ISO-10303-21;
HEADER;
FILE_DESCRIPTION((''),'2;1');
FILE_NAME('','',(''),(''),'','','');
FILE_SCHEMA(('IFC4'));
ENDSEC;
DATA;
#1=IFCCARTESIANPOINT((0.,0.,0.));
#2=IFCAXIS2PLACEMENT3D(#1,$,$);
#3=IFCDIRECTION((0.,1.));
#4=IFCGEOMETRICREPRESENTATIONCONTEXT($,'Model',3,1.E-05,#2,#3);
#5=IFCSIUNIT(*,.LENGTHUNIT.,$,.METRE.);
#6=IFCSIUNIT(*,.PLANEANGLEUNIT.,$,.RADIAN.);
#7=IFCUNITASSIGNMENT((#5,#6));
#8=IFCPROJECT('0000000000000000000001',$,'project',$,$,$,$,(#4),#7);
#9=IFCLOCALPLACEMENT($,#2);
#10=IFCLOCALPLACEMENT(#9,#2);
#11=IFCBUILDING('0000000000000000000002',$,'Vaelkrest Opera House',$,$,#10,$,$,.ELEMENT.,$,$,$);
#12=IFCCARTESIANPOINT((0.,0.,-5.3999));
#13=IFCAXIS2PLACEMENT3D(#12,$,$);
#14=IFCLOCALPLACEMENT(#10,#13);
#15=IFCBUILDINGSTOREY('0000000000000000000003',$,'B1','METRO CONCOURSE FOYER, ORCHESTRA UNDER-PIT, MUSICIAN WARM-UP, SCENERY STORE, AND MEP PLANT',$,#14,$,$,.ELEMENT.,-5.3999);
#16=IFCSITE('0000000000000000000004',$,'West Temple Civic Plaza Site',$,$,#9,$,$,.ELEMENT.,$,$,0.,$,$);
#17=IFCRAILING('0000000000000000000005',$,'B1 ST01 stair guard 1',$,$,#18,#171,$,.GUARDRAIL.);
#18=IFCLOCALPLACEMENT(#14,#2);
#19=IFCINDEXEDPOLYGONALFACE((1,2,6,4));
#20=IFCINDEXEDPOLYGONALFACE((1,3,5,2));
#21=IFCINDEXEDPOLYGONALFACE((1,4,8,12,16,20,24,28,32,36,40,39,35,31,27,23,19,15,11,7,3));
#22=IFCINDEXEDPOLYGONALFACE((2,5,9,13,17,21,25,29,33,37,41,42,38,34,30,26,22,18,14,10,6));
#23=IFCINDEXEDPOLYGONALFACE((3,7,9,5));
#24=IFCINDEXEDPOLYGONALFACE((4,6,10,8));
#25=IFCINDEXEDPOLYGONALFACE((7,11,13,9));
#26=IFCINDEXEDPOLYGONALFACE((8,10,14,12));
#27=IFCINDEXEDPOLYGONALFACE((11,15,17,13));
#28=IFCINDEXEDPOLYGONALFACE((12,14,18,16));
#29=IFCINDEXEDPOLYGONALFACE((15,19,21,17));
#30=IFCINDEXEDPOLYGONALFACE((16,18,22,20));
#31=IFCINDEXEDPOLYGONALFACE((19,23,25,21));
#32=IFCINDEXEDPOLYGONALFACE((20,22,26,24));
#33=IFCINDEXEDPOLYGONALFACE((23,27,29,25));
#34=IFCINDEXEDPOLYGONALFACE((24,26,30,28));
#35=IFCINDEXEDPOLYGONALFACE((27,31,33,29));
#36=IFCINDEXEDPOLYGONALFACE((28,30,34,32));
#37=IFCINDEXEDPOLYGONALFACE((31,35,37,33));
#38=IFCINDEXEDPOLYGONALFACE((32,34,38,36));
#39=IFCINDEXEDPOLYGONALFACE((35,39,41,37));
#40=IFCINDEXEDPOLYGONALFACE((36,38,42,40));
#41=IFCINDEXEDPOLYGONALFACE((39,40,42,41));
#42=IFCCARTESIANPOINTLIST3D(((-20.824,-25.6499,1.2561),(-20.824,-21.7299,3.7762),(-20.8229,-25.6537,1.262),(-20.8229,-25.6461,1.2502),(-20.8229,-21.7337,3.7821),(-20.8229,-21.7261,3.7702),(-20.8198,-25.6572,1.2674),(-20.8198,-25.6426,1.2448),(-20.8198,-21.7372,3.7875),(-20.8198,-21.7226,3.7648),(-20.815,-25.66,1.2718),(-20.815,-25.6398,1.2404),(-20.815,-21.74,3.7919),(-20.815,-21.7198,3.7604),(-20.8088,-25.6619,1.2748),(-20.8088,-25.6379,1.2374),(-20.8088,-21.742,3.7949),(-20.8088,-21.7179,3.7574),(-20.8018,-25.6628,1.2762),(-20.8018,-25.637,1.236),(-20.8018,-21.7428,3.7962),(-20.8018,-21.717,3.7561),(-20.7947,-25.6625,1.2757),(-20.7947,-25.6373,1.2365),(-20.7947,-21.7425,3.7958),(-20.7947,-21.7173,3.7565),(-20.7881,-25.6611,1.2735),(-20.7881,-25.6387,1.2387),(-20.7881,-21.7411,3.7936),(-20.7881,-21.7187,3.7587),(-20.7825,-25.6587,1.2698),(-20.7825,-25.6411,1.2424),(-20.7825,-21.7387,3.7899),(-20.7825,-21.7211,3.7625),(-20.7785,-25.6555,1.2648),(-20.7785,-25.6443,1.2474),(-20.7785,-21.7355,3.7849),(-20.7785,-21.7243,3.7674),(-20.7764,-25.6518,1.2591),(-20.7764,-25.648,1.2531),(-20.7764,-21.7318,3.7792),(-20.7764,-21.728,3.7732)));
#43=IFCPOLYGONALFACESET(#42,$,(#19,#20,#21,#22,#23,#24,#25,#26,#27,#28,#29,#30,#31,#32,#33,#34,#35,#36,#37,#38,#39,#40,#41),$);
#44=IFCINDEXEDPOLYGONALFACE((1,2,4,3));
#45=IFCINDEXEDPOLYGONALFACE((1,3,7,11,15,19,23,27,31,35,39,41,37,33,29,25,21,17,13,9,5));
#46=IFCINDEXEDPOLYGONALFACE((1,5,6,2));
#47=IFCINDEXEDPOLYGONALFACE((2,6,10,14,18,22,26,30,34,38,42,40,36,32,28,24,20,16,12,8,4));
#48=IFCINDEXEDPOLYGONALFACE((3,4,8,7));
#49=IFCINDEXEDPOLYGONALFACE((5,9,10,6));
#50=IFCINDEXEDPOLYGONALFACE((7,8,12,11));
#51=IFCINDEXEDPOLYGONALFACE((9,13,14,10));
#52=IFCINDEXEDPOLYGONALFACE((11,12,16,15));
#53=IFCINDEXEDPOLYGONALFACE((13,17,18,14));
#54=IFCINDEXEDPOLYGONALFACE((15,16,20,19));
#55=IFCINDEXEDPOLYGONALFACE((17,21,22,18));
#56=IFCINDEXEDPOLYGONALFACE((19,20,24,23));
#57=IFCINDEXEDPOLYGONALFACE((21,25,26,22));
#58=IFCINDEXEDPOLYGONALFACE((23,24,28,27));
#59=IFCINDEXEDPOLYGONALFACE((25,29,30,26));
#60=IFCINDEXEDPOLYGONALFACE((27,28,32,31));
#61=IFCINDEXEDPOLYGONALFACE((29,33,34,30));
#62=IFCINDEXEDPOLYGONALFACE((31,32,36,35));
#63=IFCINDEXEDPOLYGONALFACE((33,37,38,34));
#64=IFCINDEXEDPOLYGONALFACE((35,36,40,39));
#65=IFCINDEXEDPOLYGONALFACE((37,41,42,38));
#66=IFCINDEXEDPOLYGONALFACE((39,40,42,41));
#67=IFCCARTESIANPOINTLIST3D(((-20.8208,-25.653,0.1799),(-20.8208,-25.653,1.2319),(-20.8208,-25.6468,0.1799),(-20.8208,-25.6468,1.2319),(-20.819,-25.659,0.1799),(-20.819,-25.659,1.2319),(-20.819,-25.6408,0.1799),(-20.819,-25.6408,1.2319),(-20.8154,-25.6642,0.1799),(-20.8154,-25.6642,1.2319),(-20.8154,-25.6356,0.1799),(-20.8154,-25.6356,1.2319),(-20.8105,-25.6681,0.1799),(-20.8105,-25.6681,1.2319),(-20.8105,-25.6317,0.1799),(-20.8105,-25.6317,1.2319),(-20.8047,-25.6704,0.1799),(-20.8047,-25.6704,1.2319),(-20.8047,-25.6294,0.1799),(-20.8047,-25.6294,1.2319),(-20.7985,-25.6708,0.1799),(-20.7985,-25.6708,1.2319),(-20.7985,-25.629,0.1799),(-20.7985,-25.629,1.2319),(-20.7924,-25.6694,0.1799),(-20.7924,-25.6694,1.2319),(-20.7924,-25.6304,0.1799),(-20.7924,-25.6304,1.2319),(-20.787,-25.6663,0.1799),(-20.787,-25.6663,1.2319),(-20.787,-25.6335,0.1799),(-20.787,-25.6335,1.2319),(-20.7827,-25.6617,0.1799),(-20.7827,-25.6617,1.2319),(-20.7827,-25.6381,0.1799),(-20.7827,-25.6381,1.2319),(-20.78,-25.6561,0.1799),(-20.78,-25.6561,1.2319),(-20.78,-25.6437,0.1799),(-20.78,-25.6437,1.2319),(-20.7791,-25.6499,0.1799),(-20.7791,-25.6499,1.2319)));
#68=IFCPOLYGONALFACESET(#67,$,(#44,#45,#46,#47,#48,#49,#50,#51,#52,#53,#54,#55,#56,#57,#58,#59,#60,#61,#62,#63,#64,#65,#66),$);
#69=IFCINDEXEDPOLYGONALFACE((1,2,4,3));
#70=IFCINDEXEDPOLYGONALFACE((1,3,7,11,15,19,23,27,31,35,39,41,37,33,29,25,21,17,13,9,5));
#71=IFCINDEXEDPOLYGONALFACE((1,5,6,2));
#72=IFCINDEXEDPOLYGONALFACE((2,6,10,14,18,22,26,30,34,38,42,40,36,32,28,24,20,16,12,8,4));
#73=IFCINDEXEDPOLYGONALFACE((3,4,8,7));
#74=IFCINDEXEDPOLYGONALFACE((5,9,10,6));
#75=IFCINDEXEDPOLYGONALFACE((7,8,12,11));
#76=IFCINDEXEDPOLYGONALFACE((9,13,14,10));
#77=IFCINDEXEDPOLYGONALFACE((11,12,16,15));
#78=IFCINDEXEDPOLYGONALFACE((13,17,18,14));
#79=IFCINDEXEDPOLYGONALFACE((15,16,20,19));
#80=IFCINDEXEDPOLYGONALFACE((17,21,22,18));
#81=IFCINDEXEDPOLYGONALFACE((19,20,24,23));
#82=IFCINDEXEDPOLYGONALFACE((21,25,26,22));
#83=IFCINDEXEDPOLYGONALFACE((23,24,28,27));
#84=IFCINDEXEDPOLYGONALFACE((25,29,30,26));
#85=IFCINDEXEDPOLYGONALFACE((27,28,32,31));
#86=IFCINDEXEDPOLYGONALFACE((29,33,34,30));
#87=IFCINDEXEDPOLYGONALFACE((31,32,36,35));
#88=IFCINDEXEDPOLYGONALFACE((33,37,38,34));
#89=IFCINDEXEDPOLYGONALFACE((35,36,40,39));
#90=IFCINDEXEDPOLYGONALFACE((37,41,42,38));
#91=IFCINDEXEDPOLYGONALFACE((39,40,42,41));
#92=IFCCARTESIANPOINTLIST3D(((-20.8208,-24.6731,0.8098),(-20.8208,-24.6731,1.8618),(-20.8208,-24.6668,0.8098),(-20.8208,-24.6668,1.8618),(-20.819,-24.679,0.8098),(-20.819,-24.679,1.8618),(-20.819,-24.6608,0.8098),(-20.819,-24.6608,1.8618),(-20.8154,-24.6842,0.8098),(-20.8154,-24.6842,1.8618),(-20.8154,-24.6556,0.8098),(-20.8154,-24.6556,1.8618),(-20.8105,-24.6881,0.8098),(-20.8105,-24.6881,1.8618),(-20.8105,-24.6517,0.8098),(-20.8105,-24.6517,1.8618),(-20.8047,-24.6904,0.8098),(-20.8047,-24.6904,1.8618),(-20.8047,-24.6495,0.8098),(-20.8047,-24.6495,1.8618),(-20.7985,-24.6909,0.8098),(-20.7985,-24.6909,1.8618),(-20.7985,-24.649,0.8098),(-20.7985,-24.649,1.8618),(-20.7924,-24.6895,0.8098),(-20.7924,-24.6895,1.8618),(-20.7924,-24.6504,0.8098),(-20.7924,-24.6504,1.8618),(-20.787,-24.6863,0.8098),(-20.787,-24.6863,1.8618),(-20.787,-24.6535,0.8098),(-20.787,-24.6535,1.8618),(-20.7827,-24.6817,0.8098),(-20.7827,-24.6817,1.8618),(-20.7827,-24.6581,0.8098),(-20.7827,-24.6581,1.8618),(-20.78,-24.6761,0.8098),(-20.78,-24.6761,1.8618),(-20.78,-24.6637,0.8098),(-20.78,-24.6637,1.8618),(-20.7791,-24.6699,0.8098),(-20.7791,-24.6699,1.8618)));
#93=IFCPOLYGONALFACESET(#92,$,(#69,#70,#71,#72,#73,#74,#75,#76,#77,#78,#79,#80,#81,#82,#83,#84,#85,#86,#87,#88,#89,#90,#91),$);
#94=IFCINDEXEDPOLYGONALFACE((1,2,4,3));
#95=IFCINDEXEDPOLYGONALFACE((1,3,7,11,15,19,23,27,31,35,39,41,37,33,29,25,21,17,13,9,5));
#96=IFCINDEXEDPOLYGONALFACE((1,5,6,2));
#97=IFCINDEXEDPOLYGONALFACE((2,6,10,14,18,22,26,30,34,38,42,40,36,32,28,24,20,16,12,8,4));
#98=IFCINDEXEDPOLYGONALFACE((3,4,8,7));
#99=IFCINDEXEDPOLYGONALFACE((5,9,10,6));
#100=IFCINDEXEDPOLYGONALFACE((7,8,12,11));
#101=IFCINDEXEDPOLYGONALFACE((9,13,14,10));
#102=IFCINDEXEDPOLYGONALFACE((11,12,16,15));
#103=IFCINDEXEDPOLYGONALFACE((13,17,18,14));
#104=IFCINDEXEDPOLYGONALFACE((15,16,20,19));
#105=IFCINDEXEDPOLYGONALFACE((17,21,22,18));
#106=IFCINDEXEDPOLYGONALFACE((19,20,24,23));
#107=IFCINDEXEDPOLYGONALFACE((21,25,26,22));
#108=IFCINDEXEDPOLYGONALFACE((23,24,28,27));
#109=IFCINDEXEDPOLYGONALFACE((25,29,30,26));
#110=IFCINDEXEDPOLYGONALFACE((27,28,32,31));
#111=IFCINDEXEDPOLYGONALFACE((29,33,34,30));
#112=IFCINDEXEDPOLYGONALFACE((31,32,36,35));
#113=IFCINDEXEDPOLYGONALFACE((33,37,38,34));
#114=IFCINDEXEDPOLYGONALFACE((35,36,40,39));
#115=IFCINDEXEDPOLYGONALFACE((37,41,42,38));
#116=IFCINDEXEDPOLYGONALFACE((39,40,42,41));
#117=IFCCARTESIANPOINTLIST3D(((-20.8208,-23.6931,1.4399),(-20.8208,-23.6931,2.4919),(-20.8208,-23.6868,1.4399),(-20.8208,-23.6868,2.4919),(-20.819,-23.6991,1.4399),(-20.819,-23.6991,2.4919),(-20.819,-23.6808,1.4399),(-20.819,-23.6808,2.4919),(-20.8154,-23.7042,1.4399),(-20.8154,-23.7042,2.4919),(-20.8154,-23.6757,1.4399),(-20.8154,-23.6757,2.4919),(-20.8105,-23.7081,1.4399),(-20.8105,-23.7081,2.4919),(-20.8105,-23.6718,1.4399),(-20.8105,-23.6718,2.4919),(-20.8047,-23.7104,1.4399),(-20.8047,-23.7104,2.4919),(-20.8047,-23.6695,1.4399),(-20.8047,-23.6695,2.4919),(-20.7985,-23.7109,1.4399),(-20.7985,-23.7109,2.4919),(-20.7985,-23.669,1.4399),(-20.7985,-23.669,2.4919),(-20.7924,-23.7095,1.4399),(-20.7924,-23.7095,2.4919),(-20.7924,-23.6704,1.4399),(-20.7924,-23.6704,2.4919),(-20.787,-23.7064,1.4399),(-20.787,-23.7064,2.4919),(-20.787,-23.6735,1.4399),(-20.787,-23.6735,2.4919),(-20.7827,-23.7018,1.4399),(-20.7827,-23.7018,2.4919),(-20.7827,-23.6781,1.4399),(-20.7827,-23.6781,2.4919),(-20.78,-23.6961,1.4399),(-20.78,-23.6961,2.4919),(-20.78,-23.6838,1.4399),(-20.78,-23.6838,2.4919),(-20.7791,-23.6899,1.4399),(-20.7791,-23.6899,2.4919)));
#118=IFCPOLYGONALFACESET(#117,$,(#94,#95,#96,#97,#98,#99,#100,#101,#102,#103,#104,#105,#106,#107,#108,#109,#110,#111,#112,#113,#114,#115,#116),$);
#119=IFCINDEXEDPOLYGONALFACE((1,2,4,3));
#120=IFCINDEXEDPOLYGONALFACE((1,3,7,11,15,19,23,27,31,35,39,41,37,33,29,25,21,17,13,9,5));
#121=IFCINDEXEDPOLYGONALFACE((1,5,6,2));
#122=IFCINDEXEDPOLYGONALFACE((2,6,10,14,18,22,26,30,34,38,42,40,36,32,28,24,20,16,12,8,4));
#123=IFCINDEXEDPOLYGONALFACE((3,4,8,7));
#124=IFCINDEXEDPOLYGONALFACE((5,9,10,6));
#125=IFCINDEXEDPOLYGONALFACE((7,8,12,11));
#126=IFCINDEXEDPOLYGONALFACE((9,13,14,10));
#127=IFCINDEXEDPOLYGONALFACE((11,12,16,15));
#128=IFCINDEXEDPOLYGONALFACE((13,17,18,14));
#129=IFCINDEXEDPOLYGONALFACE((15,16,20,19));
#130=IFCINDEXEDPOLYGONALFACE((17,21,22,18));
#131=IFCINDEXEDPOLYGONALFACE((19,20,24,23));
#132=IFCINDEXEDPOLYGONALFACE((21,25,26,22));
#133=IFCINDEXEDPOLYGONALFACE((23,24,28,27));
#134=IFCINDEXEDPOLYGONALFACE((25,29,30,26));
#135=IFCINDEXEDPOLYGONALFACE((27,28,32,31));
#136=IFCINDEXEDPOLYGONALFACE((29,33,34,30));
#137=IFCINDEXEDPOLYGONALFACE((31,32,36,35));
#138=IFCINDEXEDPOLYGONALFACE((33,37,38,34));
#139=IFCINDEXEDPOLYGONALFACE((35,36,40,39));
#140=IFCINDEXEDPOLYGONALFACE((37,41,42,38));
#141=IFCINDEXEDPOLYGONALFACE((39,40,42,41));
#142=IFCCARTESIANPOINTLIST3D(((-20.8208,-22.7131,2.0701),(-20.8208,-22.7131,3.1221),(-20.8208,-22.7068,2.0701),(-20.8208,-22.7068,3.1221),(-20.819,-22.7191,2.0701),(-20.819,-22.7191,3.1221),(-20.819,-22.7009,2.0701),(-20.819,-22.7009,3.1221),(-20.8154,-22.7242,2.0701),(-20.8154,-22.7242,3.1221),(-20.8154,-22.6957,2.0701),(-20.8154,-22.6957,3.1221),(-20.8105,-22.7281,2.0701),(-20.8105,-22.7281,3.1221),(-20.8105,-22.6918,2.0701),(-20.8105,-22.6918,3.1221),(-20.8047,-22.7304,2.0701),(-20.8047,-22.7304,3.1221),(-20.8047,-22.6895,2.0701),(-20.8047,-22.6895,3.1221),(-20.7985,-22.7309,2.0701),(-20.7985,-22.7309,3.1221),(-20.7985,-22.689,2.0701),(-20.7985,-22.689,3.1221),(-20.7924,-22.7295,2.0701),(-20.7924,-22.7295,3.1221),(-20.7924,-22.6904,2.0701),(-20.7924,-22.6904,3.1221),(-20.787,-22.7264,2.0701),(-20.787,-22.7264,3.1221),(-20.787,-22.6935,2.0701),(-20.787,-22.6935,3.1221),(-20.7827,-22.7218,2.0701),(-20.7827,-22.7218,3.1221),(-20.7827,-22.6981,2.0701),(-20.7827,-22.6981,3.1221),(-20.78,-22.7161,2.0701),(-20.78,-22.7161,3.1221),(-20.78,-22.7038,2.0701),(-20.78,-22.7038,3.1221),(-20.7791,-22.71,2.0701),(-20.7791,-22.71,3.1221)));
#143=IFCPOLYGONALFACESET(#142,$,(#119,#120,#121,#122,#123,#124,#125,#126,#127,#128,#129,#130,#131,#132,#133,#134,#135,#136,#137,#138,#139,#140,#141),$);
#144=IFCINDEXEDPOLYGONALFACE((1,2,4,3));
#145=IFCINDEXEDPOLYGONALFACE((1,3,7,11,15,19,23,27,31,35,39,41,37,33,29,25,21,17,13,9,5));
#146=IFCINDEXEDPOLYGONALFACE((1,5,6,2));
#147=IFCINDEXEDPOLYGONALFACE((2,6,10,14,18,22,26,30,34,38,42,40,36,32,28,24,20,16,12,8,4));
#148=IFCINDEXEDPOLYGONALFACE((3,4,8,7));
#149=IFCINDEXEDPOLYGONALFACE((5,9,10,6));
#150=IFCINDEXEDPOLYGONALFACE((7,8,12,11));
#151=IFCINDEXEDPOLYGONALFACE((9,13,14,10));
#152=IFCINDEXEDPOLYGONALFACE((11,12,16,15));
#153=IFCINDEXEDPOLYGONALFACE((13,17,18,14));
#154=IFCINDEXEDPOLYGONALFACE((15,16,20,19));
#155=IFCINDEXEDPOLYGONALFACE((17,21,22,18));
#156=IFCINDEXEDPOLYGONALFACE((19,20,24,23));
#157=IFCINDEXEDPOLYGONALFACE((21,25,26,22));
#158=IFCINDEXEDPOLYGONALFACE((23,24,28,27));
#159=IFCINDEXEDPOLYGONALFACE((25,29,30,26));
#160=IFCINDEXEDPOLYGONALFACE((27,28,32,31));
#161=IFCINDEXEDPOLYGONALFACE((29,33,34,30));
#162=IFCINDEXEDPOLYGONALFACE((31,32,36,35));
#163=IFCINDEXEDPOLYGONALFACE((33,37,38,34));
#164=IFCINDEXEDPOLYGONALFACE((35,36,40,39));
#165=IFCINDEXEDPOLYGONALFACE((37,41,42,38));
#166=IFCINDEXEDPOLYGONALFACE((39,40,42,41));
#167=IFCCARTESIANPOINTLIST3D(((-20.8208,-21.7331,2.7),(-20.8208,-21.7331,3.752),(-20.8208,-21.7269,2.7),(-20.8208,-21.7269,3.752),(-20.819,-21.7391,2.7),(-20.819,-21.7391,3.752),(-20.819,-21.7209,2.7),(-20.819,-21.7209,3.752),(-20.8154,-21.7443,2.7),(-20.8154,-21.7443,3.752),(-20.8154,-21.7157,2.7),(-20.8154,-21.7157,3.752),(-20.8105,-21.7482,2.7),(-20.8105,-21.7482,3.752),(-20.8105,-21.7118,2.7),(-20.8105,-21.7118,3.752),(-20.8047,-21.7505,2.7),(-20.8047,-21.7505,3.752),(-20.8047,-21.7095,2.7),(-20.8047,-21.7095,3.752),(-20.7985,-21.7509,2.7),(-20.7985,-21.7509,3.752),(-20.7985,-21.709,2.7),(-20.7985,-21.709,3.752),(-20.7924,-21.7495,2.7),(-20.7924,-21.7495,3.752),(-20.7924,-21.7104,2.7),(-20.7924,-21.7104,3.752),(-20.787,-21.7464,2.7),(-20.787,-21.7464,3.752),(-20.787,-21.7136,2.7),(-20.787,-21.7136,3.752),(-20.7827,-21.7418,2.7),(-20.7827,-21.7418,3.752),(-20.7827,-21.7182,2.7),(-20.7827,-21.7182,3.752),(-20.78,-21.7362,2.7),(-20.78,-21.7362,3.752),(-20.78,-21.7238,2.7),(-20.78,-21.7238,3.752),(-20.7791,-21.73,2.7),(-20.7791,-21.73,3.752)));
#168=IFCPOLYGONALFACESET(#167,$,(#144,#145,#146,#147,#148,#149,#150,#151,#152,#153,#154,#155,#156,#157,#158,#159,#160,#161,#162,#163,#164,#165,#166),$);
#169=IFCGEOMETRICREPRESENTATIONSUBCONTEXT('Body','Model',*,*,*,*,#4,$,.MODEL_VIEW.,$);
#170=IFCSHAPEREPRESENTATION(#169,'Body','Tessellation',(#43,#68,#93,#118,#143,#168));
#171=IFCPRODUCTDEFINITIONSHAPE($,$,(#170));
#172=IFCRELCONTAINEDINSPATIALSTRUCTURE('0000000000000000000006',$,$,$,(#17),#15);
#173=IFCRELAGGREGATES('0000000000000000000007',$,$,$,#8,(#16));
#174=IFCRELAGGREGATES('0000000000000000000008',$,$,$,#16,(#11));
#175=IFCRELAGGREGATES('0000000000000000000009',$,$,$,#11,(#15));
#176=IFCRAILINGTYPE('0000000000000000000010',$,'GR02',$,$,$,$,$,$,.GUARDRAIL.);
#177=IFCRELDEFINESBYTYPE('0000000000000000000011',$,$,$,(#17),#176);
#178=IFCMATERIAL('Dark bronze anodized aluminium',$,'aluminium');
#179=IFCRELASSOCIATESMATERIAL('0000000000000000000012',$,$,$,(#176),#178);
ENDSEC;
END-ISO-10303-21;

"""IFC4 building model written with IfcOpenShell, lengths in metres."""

from ifc_helpers import new_model, si_unit, direction, frame, origin, origin_2d, place, context, subcontext, project, spatial, circle, extrude, material, type_object, element, save


model = new_model("IFC4")

# Units and contexts
model_context = context("Model", 3, precision=1e-05, world=origin(), true_north=direction((0.0, 1.0)))
body_context = subcontext(model_context, "Body", "Model", "MODEL_VIEW")
ifc_project = project(units=[si_unit("LENGTHUNIT", "METRE"), si_unit("PLANEANGLEUNIT", "RADIAN")], contexts=[model_context])

# Site, building, storey
site_placement = place(None, origin())
site = spatial("IfcSite", under=ifc_project, at=site_placement, Name="West Temple Civic Plaza Site", CompositionType="ELEMENT", RefElevation=0.0)
building_placement = place(site_placement, origin())
building = spatial("IfcBuilding", under=site, at=building_placement, Name="Vaelkrest Opera House", CompositionType="ELEMENT")
storey_placement = place(building_placement, frame((0.0, 0.0, -5.3999)))
storey = spatial("IfcBuildingStorey", under=building, at=storey_placement, Name="B1", Description="METRO CONCOURSE FOYER, ORCHESTRA UNDER-PIT, MUSICIAN WARM-UP, SCENERY STORE, AND MEP PLANT", CompositionType="ELEMENT", Elevation=-5.3999)

# Railing
ifc_material_1 = material(Name="Dark bronze anodized aluminium", Category="aluminium")
railing_type = type_object("IfcRailingType", Name="GR02", PredefinedType="GUARDRAIL", material=ifc_material_1)
railing_1_placement = place(storey_placement, frame((-20.8, -25.6499, 0.1799)))
element("IfcRailing", 1, at=railing_1_placement, inside=storey, type_object=railing_type, Name="B1 ST01 stair guard 1", PredefinedType="GUARDRAIL", context=body_context, shape_type="SweptSolid", body=[
    extrude(circle(Radius=0.0239, at=origin_2d()), frame((0.0, 0.0, 1.0762), z_axis=(0.0, 0.841172, 0.540768), x_axis=(-1.0, 0.0, 0.0)), (0.0, 0.0, 1.0), 4.6602),
    extrude(circle(Radius=0.021, at=origin_2d()), origin(), (0.0, 0.0, 1.0), 1.052),
    extrude(circle(Radius=0.021, at=origin_2d()), frame((0.0, 0.98, 0.6299)), (0.0, 0.0, 1.0), 1.052),
    extrude(circle(Radius=0.021, at=origin_2d()), frame((0.0, 1.96, 1.26)), (0.0, 0.0, 1.0), 1.052),
    extrude(circle(Radius=0.021, at=origin_2d()), frame((0.0, 2.9399, 1.8901)), (0.0, 0.0, 1.0), 1.052),
    extrude(circle(Radius=0.021, at=origin_2d()), frame((0.0, 3.9199, 2.52)), (0.0, 0.0, 1.0), 1.052),
])

save(model, "model.ifc")
